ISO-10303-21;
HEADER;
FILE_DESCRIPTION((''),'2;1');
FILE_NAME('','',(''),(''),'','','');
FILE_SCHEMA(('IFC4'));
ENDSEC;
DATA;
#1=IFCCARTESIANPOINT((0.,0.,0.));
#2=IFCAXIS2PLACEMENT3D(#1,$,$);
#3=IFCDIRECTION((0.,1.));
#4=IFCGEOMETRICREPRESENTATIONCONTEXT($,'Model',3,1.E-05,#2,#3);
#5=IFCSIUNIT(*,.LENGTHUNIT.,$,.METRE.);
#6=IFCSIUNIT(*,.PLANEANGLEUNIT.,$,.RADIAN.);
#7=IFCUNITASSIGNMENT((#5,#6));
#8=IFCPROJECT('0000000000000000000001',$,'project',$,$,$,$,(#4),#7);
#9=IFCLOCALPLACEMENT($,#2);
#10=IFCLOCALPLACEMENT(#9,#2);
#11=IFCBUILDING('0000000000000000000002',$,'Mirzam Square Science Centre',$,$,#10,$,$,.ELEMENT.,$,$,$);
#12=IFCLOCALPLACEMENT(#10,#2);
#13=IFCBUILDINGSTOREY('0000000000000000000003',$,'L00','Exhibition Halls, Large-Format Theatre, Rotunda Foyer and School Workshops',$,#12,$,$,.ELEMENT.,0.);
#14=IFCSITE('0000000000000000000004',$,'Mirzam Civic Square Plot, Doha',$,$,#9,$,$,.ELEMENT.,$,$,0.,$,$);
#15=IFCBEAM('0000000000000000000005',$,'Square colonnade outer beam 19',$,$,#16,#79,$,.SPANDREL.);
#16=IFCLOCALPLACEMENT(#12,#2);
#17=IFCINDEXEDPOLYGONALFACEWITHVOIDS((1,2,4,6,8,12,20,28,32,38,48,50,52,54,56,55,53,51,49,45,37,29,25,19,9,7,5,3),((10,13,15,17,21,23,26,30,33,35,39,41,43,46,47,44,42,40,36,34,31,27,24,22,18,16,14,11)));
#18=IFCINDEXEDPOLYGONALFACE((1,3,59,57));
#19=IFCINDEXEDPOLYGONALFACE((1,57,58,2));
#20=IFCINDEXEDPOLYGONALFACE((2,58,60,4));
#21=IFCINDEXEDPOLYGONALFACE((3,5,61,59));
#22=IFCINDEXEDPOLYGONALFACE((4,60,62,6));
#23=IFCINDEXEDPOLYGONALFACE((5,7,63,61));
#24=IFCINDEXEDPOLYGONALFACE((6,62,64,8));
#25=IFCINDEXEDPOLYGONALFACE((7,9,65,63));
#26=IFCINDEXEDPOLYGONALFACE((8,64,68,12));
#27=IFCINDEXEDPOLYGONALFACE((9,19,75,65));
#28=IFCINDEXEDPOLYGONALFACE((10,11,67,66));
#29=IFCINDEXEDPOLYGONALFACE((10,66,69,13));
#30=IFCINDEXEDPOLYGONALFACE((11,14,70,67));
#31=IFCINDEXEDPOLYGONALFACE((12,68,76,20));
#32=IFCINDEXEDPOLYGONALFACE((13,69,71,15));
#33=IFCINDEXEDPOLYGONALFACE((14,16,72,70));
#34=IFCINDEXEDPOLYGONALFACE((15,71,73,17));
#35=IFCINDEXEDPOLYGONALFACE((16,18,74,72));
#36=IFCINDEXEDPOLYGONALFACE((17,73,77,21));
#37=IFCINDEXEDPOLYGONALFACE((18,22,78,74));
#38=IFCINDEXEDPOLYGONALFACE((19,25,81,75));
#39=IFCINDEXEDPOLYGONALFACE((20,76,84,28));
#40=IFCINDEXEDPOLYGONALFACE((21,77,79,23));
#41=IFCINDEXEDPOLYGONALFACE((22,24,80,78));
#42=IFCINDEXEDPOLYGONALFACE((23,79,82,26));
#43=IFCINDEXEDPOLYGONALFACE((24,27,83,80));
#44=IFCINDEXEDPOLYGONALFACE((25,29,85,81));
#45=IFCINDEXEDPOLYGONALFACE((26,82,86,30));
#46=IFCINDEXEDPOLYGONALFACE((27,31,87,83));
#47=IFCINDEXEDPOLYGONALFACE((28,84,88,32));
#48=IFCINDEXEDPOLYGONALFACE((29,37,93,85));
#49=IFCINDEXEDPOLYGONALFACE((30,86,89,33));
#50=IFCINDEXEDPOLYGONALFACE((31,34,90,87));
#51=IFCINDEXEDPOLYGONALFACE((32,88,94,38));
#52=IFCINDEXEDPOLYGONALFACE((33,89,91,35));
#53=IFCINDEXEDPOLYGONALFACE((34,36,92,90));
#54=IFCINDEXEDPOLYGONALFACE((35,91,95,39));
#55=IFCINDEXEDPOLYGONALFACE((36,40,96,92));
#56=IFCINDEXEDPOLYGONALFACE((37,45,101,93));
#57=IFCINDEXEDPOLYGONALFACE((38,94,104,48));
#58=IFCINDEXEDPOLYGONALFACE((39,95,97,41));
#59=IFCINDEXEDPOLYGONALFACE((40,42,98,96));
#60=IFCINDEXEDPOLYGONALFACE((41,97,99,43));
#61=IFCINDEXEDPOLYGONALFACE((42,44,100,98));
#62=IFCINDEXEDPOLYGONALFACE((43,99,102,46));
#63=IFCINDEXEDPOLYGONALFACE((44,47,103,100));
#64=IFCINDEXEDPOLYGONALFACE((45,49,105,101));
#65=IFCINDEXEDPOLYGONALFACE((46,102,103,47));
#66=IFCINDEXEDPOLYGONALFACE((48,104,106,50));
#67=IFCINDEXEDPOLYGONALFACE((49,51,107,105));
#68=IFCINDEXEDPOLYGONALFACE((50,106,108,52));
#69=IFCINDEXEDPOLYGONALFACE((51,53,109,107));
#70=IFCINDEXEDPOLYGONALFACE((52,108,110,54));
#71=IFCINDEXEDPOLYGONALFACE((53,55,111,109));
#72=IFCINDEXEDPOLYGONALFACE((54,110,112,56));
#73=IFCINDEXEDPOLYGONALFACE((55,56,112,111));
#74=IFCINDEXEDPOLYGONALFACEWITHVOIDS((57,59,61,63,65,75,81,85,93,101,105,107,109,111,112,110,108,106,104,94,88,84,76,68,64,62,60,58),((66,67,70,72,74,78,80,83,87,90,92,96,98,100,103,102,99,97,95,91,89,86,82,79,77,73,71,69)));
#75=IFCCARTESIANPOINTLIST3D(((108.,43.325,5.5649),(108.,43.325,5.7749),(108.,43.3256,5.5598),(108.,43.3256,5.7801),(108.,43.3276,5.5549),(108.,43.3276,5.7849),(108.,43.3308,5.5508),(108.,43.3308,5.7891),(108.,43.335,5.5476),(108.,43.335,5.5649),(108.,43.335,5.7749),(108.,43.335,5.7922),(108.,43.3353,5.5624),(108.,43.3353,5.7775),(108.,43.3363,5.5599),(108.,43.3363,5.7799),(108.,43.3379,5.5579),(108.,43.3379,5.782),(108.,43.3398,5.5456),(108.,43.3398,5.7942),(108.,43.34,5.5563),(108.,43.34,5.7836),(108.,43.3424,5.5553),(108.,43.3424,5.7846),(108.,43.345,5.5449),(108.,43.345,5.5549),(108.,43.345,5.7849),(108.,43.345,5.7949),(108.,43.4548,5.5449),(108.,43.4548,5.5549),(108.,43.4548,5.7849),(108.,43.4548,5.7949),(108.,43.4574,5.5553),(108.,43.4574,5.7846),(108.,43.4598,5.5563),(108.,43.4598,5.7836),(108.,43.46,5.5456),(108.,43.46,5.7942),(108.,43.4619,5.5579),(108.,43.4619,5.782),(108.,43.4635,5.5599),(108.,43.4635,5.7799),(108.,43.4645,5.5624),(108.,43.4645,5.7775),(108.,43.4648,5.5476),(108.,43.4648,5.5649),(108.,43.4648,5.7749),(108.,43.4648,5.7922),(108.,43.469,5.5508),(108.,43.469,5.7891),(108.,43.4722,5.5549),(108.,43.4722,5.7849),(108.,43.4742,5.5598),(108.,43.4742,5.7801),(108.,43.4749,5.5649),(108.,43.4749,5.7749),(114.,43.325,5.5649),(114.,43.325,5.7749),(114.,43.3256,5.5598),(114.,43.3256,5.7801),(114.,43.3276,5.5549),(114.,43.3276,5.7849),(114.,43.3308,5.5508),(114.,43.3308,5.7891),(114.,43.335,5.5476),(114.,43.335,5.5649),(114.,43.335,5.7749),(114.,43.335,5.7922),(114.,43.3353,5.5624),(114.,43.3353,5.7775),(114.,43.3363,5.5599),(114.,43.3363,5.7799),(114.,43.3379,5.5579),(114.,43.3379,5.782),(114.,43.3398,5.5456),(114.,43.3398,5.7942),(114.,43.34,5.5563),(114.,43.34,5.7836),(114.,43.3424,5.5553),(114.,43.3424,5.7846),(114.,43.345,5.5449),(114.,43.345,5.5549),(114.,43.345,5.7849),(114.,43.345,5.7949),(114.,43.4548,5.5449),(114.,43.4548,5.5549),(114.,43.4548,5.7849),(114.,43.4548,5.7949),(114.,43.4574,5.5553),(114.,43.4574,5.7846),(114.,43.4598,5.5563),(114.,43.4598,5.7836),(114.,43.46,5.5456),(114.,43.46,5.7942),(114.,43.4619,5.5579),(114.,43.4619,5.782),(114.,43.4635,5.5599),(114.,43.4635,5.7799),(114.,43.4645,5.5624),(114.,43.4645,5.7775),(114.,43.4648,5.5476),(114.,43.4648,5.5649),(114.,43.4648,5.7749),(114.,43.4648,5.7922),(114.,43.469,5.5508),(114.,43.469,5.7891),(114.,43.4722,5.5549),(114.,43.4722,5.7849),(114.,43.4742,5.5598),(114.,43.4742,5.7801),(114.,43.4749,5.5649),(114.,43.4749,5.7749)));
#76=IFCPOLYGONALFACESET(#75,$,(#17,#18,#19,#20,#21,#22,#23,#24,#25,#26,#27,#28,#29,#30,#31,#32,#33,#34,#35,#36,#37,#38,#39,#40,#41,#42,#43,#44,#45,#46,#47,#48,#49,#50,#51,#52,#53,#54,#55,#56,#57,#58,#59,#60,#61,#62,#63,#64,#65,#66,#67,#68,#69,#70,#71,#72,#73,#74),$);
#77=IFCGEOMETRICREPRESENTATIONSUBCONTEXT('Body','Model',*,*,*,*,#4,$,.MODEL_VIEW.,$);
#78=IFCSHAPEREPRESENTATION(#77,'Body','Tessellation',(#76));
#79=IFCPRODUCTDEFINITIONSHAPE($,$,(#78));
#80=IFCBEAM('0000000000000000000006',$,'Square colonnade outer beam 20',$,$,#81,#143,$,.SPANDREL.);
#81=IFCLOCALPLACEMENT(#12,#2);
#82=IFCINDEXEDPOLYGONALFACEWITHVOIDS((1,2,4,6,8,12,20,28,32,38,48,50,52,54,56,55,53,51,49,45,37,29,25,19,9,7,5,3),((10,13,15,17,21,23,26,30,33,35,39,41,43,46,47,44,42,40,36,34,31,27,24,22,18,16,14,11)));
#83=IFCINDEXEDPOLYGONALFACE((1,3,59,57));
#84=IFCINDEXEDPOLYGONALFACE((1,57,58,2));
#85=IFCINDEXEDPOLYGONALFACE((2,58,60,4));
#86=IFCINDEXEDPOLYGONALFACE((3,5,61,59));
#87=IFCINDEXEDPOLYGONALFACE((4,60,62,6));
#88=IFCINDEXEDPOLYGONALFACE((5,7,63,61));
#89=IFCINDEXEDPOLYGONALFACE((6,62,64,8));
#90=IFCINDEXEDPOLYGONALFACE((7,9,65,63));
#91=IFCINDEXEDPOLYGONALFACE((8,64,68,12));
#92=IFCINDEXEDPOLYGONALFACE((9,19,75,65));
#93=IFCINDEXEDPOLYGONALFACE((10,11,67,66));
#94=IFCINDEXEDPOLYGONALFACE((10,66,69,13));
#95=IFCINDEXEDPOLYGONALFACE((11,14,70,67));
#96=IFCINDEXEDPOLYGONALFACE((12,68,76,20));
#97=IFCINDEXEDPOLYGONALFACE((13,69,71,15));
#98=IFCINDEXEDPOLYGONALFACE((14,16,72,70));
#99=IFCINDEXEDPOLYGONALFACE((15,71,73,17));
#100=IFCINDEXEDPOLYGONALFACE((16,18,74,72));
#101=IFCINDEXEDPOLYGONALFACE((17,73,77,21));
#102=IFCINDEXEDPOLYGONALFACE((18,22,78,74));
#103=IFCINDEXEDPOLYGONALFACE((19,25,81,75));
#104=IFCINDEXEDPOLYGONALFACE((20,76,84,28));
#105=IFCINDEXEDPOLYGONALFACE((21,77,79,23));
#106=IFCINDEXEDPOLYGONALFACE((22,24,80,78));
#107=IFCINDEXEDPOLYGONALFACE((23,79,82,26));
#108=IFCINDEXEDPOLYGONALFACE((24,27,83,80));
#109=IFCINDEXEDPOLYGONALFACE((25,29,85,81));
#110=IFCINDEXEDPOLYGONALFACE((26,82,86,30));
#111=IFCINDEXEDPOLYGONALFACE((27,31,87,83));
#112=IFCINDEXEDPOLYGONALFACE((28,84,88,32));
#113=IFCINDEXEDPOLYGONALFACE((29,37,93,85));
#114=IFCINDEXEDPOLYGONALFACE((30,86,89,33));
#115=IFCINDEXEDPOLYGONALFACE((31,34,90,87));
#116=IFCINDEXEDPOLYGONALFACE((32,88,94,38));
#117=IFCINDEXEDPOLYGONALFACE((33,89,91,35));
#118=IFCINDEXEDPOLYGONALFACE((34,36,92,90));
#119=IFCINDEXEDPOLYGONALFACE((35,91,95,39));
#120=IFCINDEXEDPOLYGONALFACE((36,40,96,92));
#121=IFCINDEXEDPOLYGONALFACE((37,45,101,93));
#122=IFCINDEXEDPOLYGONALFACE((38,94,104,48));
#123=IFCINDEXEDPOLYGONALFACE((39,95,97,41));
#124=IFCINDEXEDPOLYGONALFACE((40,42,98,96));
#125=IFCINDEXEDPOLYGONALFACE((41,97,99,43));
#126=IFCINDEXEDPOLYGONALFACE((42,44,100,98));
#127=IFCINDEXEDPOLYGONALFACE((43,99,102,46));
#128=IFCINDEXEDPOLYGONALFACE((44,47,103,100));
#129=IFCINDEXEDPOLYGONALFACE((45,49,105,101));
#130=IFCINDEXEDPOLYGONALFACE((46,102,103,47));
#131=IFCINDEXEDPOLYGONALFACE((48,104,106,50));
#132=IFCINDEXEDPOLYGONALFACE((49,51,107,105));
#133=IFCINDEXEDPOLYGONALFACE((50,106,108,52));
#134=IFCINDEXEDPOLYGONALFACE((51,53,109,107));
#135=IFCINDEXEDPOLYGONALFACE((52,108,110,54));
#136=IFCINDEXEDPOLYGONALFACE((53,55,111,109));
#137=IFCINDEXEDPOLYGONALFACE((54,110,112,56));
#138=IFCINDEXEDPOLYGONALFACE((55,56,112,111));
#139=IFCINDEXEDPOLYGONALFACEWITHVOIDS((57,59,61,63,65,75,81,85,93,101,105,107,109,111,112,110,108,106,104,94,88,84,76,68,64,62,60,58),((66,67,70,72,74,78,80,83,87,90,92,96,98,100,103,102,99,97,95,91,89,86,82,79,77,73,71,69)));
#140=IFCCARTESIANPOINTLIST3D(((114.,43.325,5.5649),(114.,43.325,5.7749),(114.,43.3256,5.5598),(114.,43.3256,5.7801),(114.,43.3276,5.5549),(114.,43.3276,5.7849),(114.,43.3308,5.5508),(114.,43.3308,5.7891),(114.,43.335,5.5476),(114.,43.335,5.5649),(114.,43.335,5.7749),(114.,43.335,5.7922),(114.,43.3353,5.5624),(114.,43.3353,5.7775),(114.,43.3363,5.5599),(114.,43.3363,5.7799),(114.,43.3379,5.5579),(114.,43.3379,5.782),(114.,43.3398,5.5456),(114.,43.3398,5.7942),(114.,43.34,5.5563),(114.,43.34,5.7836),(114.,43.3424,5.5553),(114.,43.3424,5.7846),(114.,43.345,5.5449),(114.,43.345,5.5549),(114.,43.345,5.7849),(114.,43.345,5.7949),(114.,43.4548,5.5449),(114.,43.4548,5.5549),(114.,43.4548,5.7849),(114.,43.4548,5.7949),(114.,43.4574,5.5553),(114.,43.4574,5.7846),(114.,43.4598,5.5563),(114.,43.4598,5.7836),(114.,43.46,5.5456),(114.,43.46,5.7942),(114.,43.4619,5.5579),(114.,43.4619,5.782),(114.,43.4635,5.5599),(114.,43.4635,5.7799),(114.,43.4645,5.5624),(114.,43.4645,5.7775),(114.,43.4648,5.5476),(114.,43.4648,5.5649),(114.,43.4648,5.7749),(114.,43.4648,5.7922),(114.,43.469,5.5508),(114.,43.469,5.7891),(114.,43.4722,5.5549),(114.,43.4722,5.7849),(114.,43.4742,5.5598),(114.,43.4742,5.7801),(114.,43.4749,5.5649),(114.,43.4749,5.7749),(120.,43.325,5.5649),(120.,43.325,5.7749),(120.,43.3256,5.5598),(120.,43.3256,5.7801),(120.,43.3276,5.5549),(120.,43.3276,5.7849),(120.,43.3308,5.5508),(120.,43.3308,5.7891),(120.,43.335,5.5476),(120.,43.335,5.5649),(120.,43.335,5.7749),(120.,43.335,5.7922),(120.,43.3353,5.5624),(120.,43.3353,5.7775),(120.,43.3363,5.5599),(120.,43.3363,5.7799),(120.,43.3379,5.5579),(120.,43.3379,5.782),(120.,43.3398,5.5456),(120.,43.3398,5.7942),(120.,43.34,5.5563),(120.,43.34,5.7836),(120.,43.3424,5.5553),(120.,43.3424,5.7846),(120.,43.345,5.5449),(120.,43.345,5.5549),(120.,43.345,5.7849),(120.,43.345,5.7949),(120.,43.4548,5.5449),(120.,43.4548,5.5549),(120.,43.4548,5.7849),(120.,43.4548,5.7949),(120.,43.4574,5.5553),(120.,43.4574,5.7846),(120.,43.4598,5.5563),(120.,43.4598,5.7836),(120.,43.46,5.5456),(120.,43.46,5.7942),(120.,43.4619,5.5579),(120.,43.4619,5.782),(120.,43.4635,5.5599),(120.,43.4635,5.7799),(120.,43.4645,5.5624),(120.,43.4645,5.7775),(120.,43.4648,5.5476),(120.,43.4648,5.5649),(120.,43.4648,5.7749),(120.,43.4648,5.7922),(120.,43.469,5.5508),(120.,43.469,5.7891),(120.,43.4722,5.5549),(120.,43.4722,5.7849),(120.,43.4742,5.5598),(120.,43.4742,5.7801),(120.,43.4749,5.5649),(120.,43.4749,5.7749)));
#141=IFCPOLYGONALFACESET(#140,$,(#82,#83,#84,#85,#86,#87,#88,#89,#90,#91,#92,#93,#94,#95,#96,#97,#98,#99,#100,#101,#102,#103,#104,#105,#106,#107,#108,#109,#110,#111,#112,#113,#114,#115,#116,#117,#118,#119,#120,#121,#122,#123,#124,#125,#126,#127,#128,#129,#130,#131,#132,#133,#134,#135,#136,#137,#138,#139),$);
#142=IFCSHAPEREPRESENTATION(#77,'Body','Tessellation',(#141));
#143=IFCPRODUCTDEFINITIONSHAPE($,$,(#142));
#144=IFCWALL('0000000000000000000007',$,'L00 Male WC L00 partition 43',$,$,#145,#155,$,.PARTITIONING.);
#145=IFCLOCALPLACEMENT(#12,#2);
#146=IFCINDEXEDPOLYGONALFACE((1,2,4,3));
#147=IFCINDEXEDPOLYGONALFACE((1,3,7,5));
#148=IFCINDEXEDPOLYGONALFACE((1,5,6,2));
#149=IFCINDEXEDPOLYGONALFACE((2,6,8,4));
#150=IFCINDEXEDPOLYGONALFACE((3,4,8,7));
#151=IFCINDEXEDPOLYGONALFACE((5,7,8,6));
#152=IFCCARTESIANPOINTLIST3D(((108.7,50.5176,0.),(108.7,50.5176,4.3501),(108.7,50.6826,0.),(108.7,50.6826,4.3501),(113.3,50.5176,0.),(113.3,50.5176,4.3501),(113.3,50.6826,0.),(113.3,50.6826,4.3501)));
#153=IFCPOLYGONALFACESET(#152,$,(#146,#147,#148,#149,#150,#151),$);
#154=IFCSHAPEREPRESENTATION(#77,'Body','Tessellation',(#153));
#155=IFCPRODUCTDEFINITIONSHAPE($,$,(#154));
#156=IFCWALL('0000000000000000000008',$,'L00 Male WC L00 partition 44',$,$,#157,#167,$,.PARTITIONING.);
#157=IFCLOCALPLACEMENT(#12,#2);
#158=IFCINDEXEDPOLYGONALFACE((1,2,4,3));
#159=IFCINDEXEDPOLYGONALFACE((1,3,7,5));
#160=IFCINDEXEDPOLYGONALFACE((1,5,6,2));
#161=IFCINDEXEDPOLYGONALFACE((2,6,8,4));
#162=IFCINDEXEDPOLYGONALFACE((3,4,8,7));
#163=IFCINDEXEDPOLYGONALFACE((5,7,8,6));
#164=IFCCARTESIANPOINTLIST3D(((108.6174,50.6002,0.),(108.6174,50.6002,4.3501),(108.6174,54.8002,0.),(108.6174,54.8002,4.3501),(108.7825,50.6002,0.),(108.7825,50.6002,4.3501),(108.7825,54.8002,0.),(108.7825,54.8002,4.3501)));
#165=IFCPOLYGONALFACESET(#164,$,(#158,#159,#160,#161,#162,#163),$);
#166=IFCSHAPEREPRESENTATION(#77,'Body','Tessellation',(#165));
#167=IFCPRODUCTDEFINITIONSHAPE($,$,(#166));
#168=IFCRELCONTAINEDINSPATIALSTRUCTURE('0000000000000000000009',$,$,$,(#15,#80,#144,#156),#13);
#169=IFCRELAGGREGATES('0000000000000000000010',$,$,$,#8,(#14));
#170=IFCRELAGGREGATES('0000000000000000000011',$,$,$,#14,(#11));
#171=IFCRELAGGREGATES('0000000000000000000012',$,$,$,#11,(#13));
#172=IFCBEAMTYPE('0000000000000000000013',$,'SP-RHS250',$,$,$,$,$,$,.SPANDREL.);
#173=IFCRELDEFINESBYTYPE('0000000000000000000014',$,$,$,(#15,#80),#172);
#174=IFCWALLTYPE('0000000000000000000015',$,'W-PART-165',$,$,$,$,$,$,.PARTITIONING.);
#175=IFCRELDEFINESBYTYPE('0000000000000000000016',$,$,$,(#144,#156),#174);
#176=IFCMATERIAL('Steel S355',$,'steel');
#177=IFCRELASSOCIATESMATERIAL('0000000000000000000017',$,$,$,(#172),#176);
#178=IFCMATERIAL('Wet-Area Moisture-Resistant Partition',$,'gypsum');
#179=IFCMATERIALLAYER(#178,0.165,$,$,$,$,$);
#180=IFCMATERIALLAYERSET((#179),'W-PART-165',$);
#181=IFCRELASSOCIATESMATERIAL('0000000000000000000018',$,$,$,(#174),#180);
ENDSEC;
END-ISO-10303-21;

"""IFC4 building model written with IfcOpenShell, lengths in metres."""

from ifc_helpers import new_model, si_unit, direction, frame, frame_2d, origin, origin_2d, place, context, subcontext, project, spatial, rectangle, hollow_rectangle, extrude, material, layer, layer_set, material_profile, profile_set, type_object, element, save


model = new_model("IFC4")

# Units and contexts
model_context = context("Model", 3, precision=1e-05, world=origin(), true_north=direction((0.0, 1.0)))
body_context = subcontext(model_context, "Body", "Model", "MODEL_VIEW")
ifc_project = project(units=[si_unit("LENGTHUNIT", "METRE"), si_unit("PLANEANGLEUNIT", "RADIAN")], contexts=[model_context])

# Site, building, storey
site_placement = place(None, origin())
site = spatial("IfcSite", under=ifc_project, at=site_placement, Name="Mirzam Civic Square Plot, Doha", CompositionType="ELEMENT", RefElevation=0.0)
building_placement = place(site_placement, origin())
building = spatial("IfcBuilding", under=site, at=building_placement, Name="Mirzam Square Science Centre", CompositionType="ELEMENT")
storey_placement = place(building_placement, origin())
storey = spatial("IfcBuildingStorey", under=building, at=storey_placement, Name="L00", Description="Exhibition Halls, Large-Format Theatre, Rotunda Foyer and School Workshops", CompositionType="ELEMENT", Elevation=0.0)

# Shared definitions
ifc_material_1 = material(Name="Steel S355", Category="steel")

# Beams
ifc_material_profile_1 = material_profile(ifc_material_1, hollow_rectangle(XDim=0.1499, YDim=0.25, WallThickness=0.01, InnerFilletRadius=0.01, OuterFilletRadius=0.02, at=origin_2d()), Name="250x150x10.0RHS")
ifc_profile_set_1 = profile_set([ifc_material_profile_1], Name="Steel S355")
beam_type_1 = type_object("IfcBeamType", Name="SP-RHS250", PredefinedType="SPANDREL", material=ifc_profile_set_1)
for number, where, z_axis, x_axis, name in (
    (1, (108.0, 43.3999, 5.6699), (1.0, 0.0, 0.0), (0.0, 1.0, 0.0), "Square colonnade outer beam 19"),
    (2, (114.0, 43.3999, 5.6699), (1.0, 0.0, 0.0), (0.0, 1.0, 0.0), "Square colonnade outer beam 20"),
):
    element("IfcBeam", number, at=place(storey_placement, frame(where, z_axis=z_axis, x_axis=x_axis)), inside=storey, type_object=beam_type_1, Name=name, PredefinedType="SPANDREL", context=body_context, shape_type="SweptSolid", body=[
        extrude(hollow_rectangle(XDim=0.1499, YDim=0.25, WallThickness=0.01, InnerFilletRadius=0.01, OuterFilletRadius=0.02, at=origin_2d()), origin(), (0.0, 0.0, 1.0), 6.0),
    ])

# Walls
ifc_material_2 = material(Name="Wet-Area Moisture-Resistant Partition", Category="gypsum")
ifc_layer = layer(ifc_material_2, 0.165)
ifc_layer_set = layer_set([ifc_layer], Name="W-PART-165")
wall_type = type_object("IfcWallType", Name="W-PART-165", PredefinedType="PARTITIONING", material=ifc_layer_set)
wall_1_placement = place(storey_placement, frame((113.3, 50.6001, 0.0), z_axis=(0.0, 0.0, 1.0), x_axis=(-1.0, 0.0, 0.0)))
element("IfcWall", 3, at=wall_1_placement, inside=storey, type_object=wall_type, Name="L00 Male WC L00 partition 43", PredefinedType="PARTITIONING", context=body_context, shape_type="SweptSolid", body=[
    extrude(rectangle(XDim=4.6001, YDim=0.165, at=frame_2d((2.3, 0.0))), origin(), (0.0, 0.0, 1.0), 4.3501),
])
wall_2_placement = place(storey_placement, frame((108.7, 50.6001, 0.0), z_axis=(0.0, 0.0, 1.0), x_axis=(0.0, 1.0, 0.0)))
element("IfcWall", 4, at=wall_2_placement, inside=storey, type_object=wall_type, Name="L00 Male WC L00 partition 44", PredefinedType="PARTITIONING", context=body_context, shape_type="SweptSolid", body=[
    extrude(rectangle(XDim=4.2, YDim=0.165, at=frame_2d((2.1001, 0.0))), origin(), (0.0, 0.0, 1.0), 4.3501),
])

save(model, "model.ifc")
